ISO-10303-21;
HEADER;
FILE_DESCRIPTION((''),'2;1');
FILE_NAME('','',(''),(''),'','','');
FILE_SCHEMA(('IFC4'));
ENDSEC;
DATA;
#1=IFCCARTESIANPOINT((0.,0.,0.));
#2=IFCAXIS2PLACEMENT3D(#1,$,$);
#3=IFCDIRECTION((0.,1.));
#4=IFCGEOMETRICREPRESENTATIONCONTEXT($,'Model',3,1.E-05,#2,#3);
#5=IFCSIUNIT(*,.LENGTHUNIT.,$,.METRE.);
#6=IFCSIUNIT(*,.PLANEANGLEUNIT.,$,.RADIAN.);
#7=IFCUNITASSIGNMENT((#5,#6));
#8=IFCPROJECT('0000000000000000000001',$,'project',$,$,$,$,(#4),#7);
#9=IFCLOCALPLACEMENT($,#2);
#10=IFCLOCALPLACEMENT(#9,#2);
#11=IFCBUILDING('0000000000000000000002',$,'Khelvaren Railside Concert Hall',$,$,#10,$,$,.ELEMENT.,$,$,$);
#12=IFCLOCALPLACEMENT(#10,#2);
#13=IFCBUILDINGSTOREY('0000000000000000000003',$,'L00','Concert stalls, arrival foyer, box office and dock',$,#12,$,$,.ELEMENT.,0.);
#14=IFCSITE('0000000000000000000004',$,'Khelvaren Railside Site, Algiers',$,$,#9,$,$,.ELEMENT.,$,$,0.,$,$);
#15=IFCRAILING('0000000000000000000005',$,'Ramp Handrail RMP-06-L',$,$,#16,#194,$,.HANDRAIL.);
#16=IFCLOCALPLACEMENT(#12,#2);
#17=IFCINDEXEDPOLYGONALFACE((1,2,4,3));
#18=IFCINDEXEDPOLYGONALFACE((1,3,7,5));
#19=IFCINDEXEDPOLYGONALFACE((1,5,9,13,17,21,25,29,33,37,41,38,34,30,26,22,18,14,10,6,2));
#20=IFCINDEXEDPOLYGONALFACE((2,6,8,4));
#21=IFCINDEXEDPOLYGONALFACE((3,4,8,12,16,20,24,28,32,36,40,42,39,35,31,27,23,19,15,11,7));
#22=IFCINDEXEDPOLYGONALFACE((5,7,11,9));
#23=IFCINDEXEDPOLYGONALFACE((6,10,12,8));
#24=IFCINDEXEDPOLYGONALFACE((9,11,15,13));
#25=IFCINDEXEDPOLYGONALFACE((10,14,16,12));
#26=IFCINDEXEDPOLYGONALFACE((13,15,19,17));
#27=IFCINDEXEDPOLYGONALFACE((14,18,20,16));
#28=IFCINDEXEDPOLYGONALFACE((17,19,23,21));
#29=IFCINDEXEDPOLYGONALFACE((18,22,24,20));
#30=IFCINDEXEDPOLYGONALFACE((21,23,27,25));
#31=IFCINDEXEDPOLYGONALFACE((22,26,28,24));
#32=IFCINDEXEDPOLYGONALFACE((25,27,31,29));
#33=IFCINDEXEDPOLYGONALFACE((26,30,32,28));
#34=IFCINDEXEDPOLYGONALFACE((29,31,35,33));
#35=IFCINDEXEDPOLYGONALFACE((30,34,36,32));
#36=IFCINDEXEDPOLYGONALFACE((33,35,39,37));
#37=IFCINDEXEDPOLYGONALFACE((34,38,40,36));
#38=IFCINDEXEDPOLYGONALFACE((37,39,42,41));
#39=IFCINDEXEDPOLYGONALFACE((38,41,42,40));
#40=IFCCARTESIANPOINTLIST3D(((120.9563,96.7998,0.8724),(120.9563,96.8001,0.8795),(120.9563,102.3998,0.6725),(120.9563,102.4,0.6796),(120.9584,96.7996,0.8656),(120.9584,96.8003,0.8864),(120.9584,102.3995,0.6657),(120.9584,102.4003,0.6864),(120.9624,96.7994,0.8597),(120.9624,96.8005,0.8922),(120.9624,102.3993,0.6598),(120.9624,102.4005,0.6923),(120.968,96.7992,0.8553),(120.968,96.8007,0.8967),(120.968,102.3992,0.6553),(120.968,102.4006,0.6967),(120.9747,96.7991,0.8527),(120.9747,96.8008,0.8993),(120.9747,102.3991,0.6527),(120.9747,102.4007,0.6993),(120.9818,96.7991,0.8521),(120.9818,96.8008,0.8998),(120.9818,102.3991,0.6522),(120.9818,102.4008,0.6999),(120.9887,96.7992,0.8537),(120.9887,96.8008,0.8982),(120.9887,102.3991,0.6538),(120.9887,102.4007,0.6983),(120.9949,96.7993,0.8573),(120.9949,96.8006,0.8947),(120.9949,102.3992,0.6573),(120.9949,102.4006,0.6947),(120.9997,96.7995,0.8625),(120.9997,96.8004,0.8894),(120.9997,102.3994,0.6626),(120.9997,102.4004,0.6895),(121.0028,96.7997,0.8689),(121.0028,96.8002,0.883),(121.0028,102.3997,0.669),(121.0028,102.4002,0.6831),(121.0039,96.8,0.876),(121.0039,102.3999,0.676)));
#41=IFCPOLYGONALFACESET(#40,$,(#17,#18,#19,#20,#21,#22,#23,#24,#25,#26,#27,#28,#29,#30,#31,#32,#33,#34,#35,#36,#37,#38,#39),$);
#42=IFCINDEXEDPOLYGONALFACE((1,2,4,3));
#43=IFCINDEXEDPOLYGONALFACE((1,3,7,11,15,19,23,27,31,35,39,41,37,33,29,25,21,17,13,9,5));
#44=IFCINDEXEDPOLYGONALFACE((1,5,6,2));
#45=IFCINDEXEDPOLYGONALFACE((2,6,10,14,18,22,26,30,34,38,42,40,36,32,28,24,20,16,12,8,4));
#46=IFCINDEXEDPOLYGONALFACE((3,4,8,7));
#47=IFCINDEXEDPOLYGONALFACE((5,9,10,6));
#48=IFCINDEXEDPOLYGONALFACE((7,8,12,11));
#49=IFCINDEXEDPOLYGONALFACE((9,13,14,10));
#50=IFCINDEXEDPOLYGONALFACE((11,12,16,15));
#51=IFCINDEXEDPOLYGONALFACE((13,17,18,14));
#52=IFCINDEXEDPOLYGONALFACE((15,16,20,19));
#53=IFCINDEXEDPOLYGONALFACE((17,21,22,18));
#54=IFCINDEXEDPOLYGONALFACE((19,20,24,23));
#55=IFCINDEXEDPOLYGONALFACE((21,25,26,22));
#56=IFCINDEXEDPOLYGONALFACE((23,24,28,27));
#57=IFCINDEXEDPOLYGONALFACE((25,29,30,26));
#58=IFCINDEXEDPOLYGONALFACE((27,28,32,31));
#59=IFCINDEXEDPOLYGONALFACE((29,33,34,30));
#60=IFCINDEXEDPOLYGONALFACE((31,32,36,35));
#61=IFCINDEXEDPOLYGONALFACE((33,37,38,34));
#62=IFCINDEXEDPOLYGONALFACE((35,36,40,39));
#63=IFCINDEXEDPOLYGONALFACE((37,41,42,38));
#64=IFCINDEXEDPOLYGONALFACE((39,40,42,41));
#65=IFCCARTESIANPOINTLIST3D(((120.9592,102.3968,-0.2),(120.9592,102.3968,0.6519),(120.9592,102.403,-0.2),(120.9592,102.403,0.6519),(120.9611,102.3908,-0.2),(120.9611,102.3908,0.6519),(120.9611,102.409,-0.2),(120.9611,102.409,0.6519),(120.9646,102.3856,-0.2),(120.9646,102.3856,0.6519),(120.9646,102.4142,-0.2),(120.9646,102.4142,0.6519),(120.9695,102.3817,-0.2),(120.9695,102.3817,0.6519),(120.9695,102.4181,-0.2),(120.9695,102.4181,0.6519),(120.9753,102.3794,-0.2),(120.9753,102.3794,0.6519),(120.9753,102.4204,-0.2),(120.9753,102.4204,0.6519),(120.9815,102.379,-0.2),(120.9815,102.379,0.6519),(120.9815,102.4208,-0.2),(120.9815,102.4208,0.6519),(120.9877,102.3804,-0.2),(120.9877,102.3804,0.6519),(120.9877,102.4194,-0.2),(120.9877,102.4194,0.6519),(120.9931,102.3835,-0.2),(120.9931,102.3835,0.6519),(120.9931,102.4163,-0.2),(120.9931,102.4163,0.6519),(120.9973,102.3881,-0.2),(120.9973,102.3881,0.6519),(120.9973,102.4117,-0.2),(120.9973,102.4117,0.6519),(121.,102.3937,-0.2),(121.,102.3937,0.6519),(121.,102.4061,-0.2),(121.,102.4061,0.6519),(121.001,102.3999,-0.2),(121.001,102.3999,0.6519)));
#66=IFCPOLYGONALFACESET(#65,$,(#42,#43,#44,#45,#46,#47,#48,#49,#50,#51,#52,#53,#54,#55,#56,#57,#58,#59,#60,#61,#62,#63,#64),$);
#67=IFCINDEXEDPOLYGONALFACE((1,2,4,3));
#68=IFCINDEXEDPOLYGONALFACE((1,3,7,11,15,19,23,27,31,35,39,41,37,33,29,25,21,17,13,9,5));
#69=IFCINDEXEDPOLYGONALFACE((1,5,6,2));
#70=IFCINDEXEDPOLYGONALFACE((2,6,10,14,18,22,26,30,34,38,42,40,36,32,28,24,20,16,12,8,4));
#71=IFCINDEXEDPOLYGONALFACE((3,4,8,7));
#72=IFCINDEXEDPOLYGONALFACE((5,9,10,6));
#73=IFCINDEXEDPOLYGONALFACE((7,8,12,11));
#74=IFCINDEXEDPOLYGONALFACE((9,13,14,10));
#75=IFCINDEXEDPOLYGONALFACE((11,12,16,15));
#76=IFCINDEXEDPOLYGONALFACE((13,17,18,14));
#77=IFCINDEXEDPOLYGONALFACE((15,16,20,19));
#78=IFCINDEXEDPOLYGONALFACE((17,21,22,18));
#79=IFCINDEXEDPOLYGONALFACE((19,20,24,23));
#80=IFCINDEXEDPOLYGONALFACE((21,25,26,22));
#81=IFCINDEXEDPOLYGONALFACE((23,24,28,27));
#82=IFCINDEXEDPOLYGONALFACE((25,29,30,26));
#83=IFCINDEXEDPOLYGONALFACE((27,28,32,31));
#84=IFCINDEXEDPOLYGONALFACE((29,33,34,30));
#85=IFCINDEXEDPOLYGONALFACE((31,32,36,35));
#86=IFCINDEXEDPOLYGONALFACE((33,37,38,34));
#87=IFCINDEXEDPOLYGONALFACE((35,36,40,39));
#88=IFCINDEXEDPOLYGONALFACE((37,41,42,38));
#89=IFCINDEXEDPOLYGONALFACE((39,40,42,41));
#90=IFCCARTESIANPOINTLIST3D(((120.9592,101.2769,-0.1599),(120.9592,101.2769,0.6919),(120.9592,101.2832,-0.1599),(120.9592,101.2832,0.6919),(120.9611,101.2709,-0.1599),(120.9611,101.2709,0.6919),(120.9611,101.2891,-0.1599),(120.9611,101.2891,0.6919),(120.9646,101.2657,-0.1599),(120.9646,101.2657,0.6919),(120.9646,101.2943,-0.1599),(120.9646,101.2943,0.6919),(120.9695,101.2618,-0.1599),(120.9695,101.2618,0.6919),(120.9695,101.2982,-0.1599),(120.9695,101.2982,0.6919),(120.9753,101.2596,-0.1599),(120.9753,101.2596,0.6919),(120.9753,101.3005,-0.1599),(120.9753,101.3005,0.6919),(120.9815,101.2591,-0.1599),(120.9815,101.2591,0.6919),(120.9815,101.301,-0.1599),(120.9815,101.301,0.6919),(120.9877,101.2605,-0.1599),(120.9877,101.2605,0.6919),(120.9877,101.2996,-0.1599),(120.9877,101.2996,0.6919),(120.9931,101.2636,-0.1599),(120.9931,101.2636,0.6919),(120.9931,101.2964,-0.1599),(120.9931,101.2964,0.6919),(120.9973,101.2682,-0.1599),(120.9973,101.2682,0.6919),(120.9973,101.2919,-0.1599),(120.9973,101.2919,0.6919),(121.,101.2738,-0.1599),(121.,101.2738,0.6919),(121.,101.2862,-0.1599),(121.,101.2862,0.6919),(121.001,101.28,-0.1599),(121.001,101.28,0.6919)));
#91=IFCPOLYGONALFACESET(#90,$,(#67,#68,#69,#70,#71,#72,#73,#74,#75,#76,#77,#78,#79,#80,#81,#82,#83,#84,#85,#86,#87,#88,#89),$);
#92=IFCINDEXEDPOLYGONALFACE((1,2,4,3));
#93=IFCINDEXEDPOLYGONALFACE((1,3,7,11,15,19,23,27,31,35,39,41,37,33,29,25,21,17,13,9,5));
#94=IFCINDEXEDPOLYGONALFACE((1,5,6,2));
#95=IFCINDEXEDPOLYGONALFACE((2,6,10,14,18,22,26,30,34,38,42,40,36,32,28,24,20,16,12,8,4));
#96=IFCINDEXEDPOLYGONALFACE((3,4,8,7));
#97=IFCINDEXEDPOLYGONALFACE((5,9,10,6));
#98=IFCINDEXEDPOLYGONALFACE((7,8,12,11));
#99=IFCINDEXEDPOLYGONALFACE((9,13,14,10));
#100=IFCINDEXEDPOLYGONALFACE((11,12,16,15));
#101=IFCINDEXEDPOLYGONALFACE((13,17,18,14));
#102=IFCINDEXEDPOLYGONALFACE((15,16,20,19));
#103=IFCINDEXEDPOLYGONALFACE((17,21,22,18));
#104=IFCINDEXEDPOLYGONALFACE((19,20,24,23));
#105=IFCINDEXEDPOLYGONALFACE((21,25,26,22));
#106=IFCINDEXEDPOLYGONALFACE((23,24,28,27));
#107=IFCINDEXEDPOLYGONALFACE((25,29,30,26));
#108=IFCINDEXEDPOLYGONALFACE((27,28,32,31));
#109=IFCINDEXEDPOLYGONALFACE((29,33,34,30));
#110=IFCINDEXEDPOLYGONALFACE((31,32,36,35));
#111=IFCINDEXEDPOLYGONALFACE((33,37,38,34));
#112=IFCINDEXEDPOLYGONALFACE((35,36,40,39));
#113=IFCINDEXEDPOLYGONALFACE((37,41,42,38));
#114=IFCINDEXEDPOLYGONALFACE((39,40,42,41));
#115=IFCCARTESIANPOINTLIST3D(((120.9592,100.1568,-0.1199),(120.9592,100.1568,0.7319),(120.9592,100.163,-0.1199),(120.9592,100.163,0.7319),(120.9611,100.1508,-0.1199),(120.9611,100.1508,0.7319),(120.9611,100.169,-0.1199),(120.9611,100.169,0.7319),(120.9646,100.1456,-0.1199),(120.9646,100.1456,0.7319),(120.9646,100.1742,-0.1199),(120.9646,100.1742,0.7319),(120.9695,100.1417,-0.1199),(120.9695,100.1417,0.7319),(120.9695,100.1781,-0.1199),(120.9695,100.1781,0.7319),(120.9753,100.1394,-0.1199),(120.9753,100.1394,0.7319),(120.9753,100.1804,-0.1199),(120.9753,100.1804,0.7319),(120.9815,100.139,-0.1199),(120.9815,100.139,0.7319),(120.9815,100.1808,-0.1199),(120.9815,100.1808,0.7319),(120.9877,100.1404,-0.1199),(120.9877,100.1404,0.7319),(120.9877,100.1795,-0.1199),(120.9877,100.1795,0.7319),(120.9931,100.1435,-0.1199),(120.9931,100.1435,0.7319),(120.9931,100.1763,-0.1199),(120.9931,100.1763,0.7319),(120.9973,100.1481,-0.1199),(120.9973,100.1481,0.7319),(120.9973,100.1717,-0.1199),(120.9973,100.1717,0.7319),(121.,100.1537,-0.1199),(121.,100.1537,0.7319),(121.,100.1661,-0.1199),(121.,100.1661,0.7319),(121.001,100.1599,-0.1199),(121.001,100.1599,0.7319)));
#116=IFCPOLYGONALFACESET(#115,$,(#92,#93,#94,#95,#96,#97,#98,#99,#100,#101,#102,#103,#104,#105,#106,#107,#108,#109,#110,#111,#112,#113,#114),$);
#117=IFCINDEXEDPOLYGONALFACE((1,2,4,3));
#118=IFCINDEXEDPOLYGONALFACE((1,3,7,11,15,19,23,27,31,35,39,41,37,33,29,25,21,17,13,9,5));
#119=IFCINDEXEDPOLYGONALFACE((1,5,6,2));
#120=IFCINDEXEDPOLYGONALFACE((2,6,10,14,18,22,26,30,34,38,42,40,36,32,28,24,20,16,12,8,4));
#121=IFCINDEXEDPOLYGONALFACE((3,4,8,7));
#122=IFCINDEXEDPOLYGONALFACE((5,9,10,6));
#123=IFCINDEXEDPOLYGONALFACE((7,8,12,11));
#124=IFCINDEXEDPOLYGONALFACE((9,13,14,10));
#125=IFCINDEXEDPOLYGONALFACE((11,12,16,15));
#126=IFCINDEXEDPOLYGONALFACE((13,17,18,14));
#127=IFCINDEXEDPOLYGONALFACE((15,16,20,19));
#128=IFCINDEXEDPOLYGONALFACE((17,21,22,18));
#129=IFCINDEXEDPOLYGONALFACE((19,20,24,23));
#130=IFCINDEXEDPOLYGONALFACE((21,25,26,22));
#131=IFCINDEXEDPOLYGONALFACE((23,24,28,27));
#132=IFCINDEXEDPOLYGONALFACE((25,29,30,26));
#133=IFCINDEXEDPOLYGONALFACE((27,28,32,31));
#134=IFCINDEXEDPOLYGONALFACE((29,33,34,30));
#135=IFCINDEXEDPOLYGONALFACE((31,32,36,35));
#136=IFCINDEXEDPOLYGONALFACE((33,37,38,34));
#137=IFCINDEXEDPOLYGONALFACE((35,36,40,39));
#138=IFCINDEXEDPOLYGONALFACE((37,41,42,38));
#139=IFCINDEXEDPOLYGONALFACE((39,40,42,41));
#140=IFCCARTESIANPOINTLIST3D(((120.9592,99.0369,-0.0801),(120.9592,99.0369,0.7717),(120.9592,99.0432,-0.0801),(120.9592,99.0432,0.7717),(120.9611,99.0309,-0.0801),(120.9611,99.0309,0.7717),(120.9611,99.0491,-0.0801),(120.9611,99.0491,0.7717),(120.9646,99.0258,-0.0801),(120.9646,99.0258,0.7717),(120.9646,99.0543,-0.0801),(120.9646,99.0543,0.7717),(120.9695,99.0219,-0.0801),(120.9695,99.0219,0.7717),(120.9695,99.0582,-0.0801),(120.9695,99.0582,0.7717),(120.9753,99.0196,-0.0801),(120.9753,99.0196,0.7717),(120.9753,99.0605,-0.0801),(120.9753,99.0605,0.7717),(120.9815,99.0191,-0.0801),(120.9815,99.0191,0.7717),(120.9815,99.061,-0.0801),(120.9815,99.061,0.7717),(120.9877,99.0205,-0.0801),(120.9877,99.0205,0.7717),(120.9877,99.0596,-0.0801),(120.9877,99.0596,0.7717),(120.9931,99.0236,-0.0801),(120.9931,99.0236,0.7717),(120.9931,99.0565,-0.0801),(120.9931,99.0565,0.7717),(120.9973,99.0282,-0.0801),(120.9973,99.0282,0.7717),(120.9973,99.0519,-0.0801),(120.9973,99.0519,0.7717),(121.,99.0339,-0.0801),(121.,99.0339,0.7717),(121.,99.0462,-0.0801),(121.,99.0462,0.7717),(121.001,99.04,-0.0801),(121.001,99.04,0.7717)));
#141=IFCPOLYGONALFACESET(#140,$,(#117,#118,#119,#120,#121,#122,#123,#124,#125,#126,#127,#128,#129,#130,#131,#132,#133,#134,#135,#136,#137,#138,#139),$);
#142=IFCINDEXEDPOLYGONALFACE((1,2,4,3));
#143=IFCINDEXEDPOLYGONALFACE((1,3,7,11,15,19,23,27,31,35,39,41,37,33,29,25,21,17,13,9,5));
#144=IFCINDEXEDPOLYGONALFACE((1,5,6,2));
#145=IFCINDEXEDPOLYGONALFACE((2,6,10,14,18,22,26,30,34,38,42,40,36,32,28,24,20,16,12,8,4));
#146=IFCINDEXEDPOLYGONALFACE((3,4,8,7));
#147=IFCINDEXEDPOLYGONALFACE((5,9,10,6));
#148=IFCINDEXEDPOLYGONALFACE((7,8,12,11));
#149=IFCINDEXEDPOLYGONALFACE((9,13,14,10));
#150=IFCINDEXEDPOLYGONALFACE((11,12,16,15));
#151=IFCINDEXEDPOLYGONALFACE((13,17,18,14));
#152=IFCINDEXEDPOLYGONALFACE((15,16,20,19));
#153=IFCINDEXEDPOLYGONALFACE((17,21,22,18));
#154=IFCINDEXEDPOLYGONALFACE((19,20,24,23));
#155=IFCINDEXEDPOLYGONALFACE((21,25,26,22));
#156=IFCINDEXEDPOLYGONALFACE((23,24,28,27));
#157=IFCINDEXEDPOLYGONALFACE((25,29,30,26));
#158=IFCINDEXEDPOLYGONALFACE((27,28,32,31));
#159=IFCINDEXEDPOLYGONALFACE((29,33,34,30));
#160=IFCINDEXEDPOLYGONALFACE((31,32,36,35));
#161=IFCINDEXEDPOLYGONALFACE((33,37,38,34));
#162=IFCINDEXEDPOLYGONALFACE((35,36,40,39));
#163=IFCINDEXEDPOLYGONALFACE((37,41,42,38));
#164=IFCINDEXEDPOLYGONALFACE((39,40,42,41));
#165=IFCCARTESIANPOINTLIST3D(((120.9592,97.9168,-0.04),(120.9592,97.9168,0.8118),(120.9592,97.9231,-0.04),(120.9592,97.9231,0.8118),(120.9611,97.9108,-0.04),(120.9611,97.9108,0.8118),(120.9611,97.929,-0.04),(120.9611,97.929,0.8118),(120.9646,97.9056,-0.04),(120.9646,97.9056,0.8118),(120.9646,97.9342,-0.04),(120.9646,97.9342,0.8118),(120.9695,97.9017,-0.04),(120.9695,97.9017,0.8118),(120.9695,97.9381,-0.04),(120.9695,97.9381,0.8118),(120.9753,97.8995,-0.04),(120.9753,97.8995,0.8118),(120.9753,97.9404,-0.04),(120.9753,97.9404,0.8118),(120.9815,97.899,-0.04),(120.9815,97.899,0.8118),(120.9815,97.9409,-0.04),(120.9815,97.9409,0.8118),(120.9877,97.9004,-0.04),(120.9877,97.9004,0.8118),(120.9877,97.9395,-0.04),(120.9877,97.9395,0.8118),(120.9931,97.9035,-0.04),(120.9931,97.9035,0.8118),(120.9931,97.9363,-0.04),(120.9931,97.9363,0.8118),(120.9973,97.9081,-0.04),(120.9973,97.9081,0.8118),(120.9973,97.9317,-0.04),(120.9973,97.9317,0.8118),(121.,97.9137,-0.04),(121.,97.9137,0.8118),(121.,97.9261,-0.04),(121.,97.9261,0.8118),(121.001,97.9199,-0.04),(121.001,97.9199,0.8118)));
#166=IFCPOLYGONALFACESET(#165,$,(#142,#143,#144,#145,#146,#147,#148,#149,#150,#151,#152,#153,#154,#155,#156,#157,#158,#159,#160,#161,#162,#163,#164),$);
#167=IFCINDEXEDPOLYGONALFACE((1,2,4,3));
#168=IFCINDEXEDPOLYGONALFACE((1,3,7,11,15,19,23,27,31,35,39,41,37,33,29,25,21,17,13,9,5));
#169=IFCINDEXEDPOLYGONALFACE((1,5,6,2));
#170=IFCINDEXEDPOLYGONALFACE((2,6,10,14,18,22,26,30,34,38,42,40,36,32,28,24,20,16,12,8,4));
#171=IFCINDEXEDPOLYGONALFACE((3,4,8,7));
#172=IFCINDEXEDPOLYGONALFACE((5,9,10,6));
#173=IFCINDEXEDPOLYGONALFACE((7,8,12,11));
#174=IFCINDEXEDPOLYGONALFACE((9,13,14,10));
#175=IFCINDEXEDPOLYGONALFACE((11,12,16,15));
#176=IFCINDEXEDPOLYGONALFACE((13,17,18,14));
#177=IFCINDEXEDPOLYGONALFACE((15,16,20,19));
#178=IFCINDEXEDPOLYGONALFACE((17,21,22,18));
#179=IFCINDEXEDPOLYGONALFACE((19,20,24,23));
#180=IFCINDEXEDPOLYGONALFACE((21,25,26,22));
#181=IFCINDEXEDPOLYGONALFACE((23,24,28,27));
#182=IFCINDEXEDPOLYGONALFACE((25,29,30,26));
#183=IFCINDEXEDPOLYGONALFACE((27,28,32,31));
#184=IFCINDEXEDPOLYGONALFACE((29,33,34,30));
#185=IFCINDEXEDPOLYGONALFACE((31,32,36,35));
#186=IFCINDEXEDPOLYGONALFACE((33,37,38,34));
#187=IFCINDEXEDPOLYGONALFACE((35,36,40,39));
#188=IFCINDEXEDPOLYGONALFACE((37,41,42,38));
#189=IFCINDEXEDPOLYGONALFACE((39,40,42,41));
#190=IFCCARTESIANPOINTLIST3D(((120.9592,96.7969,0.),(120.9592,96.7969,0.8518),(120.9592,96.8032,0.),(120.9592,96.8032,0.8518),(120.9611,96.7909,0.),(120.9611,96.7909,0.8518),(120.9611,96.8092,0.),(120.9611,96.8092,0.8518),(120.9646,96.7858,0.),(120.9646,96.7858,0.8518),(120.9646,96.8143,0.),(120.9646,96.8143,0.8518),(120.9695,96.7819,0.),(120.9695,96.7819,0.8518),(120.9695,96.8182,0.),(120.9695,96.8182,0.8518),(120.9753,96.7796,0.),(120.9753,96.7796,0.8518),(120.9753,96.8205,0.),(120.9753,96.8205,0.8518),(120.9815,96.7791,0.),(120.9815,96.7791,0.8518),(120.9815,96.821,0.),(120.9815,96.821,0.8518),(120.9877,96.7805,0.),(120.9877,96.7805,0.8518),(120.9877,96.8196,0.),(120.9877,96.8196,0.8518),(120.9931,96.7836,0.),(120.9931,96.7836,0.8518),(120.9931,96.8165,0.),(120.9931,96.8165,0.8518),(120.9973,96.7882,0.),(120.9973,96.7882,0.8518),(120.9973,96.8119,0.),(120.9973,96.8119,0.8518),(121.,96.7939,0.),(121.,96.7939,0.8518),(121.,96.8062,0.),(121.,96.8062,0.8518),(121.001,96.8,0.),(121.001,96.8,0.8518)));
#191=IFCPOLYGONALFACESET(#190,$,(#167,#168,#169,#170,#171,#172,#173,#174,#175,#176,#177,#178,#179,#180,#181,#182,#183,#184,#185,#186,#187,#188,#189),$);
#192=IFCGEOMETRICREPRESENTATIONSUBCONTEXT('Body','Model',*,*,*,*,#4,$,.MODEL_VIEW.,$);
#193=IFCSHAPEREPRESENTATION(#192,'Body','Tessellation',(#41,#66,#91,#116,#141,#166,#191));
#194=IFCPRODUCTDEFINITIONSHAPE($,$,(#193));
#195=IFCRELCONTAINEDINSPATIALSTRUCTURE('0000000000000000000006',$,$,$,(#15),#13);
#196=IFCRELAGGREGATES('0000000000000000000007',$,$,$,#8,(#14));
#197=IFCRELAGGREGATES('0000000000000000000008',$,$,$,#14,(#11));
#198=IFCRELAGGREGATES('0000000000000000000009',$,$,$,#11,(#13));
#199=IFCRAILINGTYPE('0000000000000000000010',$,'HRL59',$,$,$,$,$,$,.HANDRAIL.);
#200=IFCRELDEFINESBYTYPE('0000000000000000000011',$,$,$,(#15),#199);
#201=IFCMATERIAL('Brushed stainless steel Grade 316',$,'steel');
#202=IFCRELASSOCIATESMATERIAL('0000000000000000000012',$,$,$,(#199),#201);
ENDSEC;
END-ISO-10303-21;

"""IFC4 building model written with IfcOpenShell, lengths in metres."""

from ifc_helpers import new_model, si_unit, direction, frame, origin, origin_2d, place, context, subcontext, project, spatial, circle, extrude, material, type_object, element, save


model = new_model("IFC4")

# Units and contexts
model_context = context("Model", 3, precision=1e-05, world=origin(), true_north=direction((0.0, 1.0)))
body_context = subcontext(model_context, "Body", "Model", "MODEL_VIEW")
ifc_project = project(units=[si_unit("LENGTHUNIT", "METRE"), si_unit("PLANEANGLEUNIT", "RADIAN")], contexts=[model_context])

# Site, building, storey
site_placement = place(None, origin())
site = spatial("IfcSite", under=ifc_project, at=site_placement, Name="Khelvaren Railside Site, Algiers", CompositionType="ELEMENT", RefElevation=0.0)
building_placement = place(site_placement, origin())
building = spatial("IfcBuilding", under=site, at=building_placement, Name="Khelvaren Railside Concert Hall", CompositionType="ELEMENT")
storey_placement = place(building_placement, origin())
storey = spatial("IfcBuildingStorey", under=building, at=storey_placement, Name="L00", Description="Concert stalls, arrival foyer, box office and dock", CompositionType="ELEMENT", Elevation=0.0)

# Railing
ifc_material_1 = material(Name="Brushed stainless steel Grade 316", Category="steel")
railing_type_1 = type_object("IfcRailingType", Name="HRL59", PredefinedType="HANDRAIL", material=ifc_material_1)
for number, where, name in (
    (1, (120.98, 102.3999, -0.2), "Ramp Handrail RMP-06-L"),
):
    element("IfcRailing", number, at=place(storey_placement, frame(where)), inside=storey, type_object=railing_type_1, Name=name, PredefinedType="HANDRAIL", context=body_context, shape_type="SweptSolid", body=[
        extrude(circle(Radius=0.0239, at=origin_2d()), frame((0.0, 0.0, 0.876), z_axis=(0.0, -0.999363, 0.035684), x_axis=(1.0, 0.0, 0.0)), (0.0, 0.0, 1.0), 5.6035),
        extrude(circle(Radius=0.021, at=origin_2d()), origin(), (0.0, 0.0, 1.0), 0.8518),
        extrude(circle(Radius=0.021, at=origin_2d()), frame((0.0, -1.1199, 0.04)), (0.0, 0.0, 1.0), 0.8518),
        extrude(circle(Radius=0.021, at=origin_2d()), frame((0.0, -2.24, 0.0801)), (0.0, 0.0, 1.0), 0.8518),
        extrude(circle(Radius=0.021, at=origin_2d()), frame((0.0, -3.3599, 0.1199)), (0.0, 0.0, 1.0), 0.8518),
        extrude(circle(Radius=0.021, at=origin_2d()), frame((0.0, -4.48, 0.1599)), (0.0, 0.0, 1.0), 0.8518),
        extrude(circle(Radius=0.021, at=origin_2d()), frame((0.0, -5.5999, 0.2)), (0.0, 0.0, 1.0), 0.8518),
    ])

save(model, "model.ifc")
